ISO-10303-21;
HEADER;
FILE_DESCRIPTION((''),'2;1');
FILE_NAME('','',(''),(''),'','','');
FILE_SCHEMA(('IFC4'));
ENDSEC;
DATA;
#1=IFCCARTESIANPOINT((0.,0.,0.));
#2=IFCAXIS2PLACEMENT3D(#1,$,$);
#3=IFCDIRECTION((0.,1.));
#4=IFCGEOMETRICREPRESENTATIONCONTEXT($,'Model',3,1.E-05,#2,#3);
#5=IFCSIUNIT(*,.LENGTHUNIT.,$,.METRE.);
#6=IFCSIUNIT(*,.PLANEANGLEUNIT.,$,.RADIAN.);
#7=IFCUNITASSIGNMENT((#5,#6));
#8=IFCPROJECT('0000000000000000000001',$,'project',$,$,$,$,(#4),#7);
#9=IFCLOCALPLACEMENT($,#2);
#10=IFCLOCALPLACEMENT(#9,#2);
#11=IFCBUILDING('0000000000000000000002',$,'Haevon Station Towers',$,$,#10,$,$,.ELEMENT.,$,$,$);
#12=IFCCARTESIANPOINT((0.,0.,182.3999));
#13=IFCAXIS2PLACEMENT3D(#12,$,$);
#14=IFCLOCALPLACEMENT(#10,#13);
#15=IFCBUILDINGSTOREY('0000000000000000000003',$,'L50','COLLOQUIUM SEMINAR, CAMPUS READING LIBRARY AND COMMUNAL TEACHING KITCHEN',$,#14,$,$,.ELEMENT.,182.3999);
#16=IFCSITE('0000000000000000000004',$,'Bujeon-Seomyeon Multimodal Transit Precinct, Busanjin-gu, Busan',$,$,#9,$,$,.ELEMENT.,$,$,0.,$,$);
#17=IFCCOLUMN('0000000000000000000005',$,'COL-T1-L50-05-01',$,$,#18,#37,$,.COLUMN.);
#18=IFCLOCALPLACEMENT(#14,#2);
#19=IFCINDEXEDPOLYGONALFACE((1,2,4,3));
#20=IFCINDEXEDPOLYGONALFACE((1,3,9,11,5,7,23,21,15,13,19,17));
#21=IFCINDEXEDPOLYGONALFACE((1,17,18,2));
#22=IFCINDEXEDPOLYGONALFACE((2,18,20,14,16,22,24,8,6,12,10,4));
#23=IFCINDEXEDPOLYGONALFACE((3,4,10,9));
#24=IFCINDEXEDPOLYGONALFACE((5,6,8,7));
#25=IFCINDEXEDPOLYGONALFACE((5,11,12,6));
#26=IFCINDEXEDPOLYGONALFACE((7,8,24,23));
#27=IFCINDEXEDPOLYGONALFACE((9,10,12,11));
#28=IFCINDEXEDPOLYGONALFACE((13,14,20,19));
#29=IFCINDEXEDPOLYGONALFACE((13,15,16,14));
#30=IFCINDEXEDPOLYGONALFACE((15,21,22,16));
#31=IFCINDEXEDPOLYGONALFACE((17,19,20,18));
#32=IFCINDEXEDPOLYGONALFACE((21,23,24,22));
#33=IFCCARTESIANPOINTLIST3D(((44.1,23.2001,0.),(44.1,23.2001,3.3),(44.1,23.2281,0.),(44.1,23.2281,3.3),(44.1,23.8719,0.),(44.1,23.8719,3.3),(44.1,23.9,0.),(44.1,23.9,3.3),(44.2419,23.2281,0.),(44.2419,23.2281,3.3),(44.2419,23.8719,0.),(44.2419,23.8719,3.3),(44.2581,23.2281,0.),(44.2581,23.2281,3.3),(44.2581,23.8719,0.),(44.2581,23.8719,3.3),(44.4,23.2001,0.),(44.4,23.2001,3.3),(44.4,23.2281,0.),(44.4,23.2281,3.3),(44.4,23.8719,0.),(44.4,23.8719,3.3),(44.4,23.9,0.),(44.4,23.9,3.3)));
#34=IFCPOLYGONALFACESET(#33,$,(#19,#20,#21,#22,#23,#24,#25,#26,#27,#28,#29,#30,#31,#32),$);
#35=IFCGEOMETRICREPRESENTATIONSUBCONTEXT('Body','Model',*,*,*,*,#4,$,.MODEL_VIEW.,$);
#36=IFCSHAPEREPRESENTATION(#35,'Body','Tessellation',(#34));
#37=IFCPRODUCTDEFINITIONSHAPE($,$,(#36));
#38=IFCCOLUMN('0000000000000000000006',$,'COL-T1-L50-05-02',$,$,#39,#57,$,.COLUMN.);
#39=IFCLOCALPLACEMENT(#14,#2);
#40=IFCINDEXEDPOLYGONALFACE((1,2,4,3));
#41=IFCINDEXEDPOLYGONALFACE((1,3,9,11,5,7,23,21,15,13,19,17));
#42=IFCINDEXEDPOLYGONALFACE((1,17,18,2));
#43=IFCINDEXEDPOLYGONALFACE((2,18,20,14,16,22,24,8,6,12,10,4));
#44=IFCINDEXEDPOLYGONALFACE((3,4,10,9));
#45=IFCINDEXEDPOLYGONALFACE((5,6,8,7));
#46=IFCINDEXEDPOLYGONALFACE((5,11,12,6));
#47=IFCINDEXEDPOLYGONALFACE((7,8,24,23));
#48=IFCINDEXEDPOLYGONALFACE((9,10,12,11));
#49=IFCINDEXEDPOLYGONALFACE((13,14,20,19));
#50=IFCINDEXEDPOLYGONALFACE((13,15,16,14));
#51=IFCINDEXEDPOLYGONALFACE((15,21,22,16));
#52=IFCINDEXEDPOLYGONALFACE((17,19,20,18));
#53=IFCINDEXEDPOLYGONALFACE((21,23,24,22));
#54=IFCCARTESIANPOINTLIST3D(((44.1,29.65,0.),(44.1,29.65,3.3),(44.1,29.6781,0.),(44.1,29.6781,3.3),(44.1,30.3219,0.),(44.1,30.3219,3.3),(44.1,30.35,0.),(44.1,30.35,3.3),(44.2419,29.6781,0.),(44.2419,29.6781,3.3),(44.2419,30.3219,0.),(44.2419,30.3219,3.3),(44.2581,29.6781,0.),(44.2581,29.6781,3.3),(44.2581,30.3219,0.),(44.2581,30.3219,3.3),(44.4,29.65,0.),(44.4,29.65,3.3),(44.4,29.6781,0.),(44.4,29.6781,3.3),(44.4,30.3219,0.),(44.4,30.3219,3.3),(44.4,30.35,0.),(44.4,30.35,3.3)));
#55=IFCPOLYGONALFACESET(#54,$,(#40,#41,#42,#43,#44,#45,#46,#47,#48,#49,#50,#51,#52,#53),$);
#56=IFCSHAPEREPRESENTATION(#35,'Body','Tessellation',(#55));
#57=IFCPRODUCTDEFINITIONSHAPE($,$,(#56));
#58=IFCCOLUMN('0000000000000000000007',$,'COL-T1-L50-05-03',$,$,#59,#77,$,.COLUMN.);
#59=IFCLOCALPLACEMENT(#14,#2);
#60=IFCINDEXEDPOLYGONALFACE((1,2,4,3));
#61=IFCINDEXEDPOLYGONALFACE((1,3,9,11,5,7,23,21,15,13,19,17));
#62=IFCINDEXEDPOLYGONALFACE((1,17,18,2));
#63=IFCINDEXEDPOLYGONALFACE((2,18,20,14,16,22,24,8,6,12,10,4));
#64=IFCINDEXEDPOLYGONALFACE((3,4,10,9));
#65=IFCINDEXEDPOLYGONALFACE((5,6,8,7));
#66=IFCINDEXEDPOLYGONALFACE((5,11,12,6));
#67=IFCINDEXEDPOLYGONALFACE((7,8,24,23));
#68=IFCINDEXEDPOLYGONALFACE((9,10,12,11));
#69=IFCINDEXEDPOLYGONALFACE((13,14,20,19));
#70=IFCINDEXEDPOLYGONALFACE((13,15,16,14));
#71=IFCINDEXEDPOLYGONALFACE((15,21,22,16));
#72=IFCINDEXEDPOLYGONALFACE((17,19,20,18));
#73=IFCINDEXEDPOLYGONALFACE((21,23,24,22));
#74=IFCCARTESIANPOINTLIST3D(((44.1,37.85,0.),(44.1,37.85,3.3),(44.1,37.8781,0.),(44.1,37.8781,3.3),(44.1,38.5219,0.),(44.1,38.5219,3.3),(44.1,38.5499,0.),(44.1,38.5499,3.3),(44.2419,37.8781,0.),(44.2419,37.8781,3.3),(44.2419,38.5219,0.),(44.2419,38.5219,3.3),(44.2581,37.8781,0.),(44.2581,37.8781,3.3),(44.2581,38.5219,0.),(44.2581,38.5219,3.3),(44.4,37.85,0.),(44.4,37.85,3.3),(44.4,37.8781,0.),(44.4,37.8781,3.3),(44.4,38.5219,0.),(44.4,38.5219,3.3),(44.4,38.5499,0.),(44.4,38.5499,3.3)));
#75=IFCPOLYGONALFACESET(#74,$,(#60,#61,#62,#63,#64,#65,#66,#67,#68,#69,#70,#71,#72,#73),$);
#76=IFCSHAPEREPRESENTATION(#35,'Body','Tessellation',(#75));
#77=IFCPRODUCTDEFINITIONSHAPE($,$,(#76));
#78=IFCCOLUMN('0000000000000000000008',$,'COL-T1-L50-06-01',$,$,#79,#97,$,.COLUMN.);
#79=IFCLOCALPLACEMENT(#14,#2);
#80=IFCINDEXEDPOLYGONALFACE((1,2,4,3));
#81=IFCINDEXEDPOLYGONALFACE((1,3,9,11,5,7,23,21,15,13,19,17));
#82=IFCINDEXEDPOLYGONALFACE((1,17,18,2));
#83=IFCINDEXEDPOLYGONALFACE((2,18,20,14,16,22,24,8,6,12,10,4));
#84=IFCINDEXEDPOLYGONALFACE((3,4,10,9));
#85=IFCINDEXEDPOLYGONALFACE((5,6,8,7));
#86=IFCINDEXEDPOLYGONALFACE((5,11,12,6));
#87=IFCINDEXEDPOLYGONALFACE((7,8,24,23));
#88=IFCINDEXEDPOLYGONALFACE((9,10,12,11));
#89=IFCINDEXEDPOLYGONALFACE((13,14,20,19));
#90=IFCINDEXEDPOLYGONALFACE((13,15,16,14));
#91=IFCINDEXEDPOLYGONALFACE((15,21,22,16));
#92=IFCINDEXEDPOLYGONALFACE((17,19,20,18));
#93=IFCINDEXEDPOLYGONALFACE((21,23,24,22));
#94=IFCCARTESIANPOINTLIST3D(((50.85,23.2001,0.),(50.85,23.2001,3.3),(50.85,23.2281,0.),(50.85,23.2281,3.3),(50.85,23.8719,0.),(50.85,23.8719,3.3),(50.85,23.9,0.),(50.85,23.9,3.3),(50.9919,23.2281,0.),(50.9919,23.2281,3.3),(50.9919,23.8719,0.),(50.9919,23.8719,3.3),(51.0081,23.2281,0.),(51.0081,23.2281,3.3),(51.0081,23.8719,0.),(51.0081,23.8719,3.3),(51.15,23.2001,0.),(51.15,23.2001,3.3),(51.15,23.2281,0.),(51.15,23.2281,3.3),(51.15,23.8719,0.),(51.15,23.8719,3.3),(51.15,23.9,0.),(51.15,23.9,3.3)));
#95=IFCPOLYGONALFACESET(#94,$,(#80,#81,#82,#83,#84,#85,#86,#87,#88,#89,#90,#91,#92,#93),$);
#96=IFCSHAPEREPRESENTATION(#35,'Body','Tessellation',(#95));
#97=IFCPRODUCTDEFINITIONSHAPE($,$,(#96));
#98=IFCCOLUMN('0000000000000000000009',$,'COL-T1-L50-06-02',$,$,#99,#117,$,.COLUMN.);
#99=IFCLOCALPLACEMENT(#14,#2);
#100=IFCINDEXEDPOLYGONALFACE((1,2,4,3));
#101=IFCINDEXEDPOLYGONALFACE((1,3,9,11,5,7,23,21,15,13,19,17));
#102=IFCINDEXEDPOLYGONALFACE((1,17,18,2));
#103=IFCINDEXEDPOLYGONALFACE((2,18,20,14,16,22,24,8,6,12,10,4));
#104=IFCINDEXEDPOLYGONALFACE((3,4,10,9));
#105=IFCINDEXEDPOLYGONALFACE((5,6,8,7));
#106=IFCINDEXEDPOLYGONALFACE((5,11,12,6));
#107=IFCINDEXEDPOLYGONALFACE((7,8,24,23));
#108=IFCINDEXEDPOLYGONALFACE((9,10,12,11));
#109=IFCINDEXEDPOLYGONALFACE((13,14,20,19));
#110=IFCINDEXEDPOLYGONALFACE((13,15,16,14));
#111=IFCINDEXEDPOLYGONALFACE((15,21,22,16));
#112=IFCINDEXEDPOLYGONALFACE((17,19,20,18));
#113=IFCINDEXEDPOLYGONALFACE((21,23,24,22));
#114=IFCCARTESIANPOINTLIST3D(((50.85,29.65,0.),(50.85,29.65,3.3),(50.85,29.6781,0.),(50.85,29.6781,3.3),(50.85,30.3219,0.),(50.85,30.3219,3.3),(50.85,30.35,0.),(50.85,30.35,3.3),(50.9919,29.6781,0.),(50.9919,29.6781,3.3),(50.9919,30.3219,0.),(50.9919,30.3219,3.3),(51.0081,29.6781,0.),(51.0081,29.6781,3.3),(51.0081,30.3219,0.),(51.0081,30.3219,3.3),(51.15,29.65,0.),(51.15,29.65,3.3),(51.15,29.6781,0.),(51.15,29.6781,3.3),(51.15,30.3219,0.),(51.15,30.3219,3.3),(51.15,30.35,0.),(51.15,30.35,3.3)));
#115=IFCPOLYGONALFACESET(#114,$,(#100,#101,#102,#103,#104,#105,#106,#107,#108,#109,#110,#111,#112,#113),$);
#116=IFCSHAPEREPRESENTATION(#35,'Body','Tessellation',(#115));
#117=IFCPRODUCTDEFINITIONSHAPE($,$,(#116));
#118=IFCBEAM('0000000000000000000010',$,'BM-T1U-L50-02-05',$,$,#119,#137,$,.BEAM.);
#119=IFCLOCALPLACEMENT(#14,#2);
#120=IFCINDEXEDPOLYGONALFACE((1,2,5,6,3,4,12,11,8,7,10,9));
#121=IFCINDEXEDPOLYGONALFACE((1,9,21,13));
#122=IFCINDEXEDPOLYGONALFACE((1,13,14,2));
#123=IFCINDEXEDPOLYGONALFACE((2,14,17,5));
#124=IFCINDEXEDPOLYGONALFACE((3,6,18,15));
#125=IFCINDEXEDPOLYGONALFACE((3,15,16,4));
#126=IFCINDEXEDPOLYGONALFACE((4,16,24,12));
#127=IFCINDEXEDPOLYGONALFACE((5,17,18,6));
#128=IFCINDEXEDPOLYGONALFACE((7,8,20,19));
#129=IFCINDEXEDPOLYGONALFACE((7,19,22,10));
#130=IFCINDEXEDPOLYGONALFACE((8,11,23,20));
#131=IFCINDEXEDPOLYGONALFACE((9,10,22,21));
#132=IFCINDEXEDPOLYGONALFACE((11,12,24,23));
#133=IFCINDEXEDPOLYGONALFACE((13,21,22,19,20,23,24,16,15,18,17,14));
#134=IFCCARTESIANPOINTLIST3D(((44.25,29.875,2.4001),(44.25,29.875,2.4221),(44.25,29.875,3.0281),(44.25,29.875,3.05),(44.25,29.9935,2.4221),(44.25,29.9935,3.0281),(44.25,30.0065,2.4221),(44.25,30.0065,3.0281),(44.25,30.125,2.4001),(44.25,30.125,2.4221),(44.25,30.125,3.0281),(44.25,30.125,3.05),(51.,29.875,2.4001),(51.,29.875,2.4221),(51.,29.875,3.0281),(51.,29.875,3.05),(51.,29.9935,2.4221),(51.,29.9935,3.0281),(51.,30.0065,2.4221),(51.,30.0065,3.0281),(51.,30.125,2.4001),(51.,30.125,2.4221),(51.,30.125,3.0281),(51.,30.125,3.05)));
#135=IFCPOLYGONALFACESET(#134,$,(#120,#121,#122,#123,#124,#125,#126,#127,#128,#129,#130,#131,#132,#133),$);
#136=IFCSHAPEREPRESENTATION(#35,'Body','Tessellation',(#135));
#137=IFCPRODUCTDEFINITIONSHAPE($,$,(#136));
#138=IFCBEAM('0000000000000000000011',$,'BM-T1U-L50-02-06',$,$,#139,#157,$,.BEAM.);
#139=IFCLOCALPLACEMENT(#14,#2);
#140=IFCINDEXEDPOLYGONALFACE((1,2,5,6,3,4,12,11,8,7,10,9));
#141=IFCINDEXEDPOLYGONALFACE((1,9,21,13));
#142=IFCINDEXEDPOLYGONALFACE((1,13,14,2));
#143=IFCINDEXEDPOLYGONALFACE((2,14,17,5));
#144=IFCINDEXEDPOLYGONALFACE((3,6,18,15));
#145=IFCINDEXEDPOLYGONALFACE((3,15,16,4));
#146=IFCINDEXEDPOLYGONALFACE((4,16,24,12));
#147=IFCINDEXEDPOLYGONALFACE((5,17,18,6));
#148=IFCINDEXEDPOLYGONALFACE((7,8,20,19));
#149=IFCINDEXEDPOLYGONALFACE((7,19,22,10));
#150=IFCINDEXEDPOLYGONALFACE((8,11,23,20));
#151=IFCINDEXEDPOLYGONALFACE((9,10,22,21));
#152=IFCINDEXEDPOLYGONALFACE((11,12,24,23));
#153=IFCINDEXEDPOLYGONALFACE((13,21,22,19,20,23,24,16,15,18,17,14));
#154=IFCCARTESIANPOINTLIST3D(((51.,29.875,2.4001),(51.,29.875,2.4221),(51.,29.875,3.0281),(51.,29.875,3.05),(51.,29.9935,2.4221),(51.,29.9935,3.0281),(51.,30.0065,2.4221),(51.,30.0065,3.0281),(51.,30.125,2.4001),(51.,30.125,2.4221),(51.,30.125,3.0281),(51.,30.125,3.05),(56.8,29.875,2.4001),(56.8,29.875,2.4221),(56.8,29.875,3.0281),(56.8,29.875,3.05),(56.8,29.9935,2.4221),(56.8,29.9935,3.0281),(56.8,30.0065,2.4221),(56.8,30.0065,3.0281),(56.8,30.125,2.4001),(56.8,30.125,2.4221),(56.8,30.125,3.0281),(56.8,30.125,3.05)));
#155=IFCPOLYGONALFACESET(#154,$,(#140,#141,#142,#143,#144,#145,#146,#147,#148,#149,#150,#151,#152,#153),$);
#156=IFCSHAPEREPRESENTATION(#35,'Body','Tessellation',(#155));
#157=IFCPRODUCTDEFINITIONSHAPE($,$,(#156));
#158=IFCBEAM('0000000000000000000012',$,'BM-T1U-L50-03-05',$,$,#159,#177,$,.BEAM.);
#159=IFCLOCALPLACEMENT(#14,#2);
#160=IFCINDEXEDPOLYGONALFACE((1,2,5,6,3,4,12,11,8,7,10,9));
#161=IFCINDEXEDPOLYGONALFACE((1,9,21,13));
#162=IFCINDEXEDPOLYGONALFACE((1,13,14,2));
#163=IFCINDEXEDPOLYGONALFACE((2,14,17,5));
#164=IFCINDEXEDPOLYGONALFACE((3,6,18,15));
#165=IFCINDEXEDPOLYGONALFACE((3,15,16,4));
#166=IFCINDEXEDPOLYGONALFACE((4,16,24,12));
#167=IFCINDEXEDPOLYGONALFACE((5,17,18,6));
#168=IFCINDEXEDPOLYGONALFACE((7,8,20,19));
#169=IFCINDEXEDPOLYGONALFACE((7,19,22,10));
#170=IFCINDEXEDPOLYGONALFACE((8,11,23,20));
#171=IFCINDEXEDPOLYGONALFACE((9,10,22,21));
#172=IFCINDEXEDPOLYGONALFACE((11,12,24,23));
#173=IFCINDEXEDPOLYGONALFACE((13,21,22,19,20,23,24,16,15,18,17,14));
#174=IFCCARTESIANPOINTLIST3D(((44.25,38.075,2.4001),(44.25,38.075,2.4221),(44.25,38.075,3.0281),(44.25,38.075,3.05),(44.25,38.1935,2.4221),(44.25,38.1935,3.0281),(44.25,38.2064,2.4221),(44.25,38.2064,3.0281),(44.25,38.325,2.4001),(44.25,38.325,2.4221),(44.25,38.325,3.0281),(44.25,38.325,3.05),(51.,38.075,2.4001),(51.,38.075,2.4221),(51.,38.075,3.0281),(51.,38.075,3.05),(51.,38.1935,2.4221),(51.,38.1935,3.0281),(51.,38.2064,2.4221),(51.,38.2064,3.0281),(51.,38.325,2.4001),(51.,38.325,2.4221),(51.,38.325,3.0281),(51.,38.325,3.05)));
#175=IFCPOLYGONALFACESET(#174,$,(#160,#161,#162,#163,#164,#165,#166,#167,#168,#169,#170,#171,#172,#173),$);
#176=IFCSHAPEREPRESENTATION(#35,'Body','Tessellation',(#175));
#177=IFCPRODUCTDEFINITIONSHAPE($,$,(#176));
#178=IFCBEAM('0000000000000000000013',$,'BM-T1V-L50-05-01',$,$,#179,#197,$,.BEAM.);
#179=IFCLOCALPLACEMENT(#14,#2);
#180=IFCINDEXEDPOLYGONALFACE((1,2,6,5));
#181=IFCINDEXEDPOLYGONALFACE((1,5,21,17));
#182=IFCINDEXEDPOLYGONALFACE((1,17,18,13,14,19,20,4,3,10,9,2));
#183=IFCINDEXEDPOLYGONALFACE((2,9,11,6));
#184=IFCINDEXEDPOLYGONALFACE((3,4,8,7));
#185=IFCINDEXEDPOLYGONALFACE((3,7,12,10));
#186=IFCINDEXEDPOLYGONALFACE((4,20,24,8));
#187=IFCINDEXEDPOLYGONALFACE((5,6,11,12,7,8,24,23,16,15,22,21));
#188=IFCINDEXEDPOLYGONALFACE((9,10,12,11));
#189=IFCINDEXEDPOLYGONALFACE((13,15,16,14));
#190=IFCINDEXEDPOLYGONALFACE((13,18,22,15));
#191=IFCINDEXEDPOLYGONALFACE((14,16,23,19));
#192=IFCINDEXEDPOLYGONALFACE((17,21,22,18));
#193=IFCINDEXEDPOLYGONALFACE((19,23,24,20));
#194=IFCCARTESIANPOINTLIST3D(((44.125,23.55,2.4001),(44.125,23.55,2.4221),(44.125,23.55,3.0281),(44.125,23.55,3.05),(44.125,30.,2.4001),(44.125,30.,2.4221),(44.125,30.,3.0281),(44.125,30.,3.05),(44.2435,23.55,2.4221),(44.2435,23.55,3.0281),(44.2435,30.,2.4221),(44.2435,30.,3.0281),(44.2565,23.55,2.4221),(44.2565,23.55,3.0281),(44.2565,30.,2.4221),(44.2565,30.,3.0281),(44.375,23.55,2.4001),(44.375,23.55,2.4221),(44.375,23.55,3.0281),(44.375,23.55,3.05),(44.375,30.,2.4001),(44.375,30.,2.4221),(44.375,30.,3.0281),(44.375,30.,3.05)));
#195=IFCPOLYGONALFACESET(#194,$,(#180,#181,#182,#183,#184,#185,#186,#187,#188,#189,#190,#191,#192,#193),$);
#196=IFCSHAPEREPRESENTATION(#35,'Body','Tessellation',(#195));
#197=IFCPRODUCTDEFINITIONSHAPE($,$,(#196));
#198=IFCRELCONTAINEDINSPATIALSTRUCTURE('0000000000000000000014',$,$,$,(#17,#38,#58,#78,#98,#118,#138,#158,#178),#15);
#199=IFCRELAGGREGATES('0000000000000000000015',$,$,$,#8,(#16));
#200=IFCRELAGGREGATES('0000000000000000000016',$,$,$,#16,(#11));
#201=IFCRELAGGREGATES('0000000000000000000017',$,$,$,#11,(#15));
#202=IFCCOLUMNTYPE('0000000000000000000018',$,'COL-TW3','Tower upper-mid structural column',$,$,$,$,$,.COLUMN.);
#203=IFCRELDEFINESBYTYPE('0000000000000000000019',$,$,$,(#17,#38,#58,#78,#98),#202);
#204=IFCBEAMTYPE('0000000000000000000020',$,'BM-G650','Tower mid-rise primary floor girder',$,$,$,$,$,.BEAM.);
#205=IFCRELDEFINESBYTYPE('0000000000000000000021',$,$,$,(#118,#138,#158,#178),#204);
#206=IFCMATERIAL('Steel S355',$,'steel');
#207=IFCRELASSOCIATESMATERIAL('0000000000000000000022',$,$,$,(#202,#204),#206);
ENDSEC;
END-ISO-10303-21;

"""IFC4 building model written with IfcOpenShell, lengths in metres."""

from ifc_helpers import new_model, si_unit, direction, frame, origin, origin_2d, place, context, subcontext, project, spatial, i_section, extrude, material, material_profile, profile_set, type_object, element, save


model = new_model("IFC4")

# Units and contexts
model_context = context("Model", 3, precision=1e-05, world=origin(), true_north=direction((0.0, 1.0)))
body_context = subcontext(model_context, "Body", "Model", "MODEL_VIEW")
ifc_project = project(units=[si_unit("LENGTHUNIT", "METRE"), si_unit("PLANEANGLEUNIT", "RADIAN")], contexts=[model_context])

# Site, building, storey
site_placement = place(None, origin())
site = spatial("IfcSite", under=ifc_project, at=site_placement, Name="Bujeon-Seomyeon Multimodal Transit Precinct, Busanjin-gu, Busan", CompositionType="ELEMENT", RefElevation=0.0)
building_placement = place(site_placement, origin())
building = spatial("IfcBuilding", under=site, at=building_placement, Name="Haevon Station Towers", CompositionType="ELEMENT")
storey_placement = place(building_placement, frame((0.0, 0.0, 182.3999)))
storey = spatial("IfcBuildingStorey", under=building, at=storey_placement, Name="L50", Description="COLLOQUIUM SEMINAR, CAMPUS READING LIBRARY AND COMMUNAL TEACHING KITCHEN", CompositionType="ELEMENT", Elevation=182.3999)

# Columns
ifc_material_1 = material(Name="Steel S355", Category="steel")
ifc_material_profile_1 = material_profile(ifc_material_1, i_section(OverallWidth=0.3, OverallDepth=0.7, WebThickness=0.0161, FlangeThickness=0.0281, at=origin_2d()), Name="H-700x300x16x28")
ifc_profile_set_1 = profile_set([ifc_material_profile_1], Name="Steel S355")
column_type = type_object("IfcColumnType", Name="COL-TW3", Description="Tower upper-mid structural column", PredefinedType="COLUMN", material=ifc_profile_set_1)
for number, where, z_axis, x_axis, name in (
    (1, (44.25, 23.55, 0.0), (0.0, 0.0, 1.0), (1.0, 0.0, 0.0), "COL-T1-L50-05-01"),
    (2, (44.25, 30.0, 0.0), (0.0, 0.0, 1.0), (1.0, 0.0, 0.0), "COL-T1-L50-05-02"),
    (3, (44.25, 38.2, 0.0), (0.0, 0.0, 1.0), (1.0, 0.0, 0.0), "COL-T1-L50-05-03"),
    (4, (51.0, 23.55, 0.0), (0.0, 0.0, 1.0), (1.0, 0.0, 0.0), "COL-T1-L50-06-01"),
    (5, (51.0, 30.0, 0.0), (0.0, 0.0, 1.0), (1.0, 0.0, 0.0), "COL-T1-L50-06-02"),
):
    element("IfcColumn", number, at=place(storey_placement, frame(where, z_axis=z_axis, x_axis=x_axis)), inside=storey, type_object=column_type, Name=name, PredefinedType="COLUMN", context=body_context, shape_type="SweptSolid", body=[
        extrude(i_section(OverallWidth=0.3, OverallDepth=0.7, WebThickness=0.0161, FlangeThickness=0.0281, at=origin_2d()), origin(), (0.0, 0.0, 1.0), 3.3),
    ])

# Beams
ifc_material_profile_2 = material_profile(ifc_material_1, i_section(OverallWidth=0.25, OverallDepth=0.6499, WebThickness=0.0129, FlangeThickness=0.022, at=origin_2d()), Name="H-650x250x13x22")
ifc_profile_set_2 = profile_set([ifc_material_profile_2], Name="Steel S355")
beam_type_1 = type_object("IfcBeamType", Name="BM-G650", Description="Tower mid-rise primary floor girder", PredefinedType="BEAM", material=ifc_profile_set_2)
beam_1_placement = place(storey_placement, frame((44.25, 30.0, 2.7251), z_axis=(1.0, 0.0, 0.0), x_axis=(0.0, 1.0, 0.0)))
element("IfcBeam", 6, at=beam_1_placement, inside=storey, type_object=beam_type_1, Name="BM-T1U-L50-02-05", PredefinedType="BEAM", context=body_context, shape_type="SweptSolid", body=[
    extrude(i_section(OverallWidth=0.25, OverallDepth=0.6499, WebThickness=0.0129, FlangeThickness=0.022, at=origin_2d()), origin(), (0.0, 0.0, 1.0), 6.75),
])
beam_2_placement = place(storey_placement, frame((51.0, 30.0, 2.7251), z_axis=(1.0, 0.0, 0.0), x_axis=(0.0, 1.0, 0.0)))
element("IfcBeam", 7, at=beam_2_placement, inside=storey, type_object=beam_type_1, Name="BM-T1U-L50-02-06", PredefinedType="BEAM", context=body_context, shape_type="SweptSolid", body=[
    extrude(i_section(OverallWidth=0.25, OverallDepth=0.6499, WebThickness=0.0129, FlangeThickness=0.022, at=origin_2d()), origin(), (0.0, 0.0, 1.0), 5.8),
])
beam_3_placement = place(storey_placement, frame((44.25, 38.2, 2.7251), z_axis=(1.0, 0.0, 0.0), x_axis=(0.0, 1.0, 0.0)))
element("IfcBeam", 8, at=beam_3_placement, inside=storey, type_object=beam_type_1, Name="BM-T1U-L50-03-05", PredefinedType="BEAM", context=body_context, shape_type="SweptSolid", body=[
    extrude(i_section(OverallWidth=0.25, OverallDepth=0.6499, WebThickness=0.0129, FlangeThickness=0.022, at=origin_2d()), origin(), (0.0, 0.0, 1.0), 6.75),
])
beam_4_placement = place(storey_placement, frame((44.25, 23.55, 2.7251), z_axis=(0.0, 1.0, 0.0), x_axis=(-1.0, 0.0, 0.0)))
element("IfcBeam", 9, at=beam_4_placement, inside=storey, type_object=beam_type_1, Name="BM-T1V-L50-05-01", PredefinedType="BEAM", context=body_context, shape_type="SweptSolid", body=[
    extrude(i_section(OverallWidth=0.25, OverallDepth=0.6499, WebThickness=0.0129, FlangeThickness=0.022, at=origin_2d()), origin(), (0.0, 0.0, 1.0), 6.45),
])

save(model, "model.ifc")
